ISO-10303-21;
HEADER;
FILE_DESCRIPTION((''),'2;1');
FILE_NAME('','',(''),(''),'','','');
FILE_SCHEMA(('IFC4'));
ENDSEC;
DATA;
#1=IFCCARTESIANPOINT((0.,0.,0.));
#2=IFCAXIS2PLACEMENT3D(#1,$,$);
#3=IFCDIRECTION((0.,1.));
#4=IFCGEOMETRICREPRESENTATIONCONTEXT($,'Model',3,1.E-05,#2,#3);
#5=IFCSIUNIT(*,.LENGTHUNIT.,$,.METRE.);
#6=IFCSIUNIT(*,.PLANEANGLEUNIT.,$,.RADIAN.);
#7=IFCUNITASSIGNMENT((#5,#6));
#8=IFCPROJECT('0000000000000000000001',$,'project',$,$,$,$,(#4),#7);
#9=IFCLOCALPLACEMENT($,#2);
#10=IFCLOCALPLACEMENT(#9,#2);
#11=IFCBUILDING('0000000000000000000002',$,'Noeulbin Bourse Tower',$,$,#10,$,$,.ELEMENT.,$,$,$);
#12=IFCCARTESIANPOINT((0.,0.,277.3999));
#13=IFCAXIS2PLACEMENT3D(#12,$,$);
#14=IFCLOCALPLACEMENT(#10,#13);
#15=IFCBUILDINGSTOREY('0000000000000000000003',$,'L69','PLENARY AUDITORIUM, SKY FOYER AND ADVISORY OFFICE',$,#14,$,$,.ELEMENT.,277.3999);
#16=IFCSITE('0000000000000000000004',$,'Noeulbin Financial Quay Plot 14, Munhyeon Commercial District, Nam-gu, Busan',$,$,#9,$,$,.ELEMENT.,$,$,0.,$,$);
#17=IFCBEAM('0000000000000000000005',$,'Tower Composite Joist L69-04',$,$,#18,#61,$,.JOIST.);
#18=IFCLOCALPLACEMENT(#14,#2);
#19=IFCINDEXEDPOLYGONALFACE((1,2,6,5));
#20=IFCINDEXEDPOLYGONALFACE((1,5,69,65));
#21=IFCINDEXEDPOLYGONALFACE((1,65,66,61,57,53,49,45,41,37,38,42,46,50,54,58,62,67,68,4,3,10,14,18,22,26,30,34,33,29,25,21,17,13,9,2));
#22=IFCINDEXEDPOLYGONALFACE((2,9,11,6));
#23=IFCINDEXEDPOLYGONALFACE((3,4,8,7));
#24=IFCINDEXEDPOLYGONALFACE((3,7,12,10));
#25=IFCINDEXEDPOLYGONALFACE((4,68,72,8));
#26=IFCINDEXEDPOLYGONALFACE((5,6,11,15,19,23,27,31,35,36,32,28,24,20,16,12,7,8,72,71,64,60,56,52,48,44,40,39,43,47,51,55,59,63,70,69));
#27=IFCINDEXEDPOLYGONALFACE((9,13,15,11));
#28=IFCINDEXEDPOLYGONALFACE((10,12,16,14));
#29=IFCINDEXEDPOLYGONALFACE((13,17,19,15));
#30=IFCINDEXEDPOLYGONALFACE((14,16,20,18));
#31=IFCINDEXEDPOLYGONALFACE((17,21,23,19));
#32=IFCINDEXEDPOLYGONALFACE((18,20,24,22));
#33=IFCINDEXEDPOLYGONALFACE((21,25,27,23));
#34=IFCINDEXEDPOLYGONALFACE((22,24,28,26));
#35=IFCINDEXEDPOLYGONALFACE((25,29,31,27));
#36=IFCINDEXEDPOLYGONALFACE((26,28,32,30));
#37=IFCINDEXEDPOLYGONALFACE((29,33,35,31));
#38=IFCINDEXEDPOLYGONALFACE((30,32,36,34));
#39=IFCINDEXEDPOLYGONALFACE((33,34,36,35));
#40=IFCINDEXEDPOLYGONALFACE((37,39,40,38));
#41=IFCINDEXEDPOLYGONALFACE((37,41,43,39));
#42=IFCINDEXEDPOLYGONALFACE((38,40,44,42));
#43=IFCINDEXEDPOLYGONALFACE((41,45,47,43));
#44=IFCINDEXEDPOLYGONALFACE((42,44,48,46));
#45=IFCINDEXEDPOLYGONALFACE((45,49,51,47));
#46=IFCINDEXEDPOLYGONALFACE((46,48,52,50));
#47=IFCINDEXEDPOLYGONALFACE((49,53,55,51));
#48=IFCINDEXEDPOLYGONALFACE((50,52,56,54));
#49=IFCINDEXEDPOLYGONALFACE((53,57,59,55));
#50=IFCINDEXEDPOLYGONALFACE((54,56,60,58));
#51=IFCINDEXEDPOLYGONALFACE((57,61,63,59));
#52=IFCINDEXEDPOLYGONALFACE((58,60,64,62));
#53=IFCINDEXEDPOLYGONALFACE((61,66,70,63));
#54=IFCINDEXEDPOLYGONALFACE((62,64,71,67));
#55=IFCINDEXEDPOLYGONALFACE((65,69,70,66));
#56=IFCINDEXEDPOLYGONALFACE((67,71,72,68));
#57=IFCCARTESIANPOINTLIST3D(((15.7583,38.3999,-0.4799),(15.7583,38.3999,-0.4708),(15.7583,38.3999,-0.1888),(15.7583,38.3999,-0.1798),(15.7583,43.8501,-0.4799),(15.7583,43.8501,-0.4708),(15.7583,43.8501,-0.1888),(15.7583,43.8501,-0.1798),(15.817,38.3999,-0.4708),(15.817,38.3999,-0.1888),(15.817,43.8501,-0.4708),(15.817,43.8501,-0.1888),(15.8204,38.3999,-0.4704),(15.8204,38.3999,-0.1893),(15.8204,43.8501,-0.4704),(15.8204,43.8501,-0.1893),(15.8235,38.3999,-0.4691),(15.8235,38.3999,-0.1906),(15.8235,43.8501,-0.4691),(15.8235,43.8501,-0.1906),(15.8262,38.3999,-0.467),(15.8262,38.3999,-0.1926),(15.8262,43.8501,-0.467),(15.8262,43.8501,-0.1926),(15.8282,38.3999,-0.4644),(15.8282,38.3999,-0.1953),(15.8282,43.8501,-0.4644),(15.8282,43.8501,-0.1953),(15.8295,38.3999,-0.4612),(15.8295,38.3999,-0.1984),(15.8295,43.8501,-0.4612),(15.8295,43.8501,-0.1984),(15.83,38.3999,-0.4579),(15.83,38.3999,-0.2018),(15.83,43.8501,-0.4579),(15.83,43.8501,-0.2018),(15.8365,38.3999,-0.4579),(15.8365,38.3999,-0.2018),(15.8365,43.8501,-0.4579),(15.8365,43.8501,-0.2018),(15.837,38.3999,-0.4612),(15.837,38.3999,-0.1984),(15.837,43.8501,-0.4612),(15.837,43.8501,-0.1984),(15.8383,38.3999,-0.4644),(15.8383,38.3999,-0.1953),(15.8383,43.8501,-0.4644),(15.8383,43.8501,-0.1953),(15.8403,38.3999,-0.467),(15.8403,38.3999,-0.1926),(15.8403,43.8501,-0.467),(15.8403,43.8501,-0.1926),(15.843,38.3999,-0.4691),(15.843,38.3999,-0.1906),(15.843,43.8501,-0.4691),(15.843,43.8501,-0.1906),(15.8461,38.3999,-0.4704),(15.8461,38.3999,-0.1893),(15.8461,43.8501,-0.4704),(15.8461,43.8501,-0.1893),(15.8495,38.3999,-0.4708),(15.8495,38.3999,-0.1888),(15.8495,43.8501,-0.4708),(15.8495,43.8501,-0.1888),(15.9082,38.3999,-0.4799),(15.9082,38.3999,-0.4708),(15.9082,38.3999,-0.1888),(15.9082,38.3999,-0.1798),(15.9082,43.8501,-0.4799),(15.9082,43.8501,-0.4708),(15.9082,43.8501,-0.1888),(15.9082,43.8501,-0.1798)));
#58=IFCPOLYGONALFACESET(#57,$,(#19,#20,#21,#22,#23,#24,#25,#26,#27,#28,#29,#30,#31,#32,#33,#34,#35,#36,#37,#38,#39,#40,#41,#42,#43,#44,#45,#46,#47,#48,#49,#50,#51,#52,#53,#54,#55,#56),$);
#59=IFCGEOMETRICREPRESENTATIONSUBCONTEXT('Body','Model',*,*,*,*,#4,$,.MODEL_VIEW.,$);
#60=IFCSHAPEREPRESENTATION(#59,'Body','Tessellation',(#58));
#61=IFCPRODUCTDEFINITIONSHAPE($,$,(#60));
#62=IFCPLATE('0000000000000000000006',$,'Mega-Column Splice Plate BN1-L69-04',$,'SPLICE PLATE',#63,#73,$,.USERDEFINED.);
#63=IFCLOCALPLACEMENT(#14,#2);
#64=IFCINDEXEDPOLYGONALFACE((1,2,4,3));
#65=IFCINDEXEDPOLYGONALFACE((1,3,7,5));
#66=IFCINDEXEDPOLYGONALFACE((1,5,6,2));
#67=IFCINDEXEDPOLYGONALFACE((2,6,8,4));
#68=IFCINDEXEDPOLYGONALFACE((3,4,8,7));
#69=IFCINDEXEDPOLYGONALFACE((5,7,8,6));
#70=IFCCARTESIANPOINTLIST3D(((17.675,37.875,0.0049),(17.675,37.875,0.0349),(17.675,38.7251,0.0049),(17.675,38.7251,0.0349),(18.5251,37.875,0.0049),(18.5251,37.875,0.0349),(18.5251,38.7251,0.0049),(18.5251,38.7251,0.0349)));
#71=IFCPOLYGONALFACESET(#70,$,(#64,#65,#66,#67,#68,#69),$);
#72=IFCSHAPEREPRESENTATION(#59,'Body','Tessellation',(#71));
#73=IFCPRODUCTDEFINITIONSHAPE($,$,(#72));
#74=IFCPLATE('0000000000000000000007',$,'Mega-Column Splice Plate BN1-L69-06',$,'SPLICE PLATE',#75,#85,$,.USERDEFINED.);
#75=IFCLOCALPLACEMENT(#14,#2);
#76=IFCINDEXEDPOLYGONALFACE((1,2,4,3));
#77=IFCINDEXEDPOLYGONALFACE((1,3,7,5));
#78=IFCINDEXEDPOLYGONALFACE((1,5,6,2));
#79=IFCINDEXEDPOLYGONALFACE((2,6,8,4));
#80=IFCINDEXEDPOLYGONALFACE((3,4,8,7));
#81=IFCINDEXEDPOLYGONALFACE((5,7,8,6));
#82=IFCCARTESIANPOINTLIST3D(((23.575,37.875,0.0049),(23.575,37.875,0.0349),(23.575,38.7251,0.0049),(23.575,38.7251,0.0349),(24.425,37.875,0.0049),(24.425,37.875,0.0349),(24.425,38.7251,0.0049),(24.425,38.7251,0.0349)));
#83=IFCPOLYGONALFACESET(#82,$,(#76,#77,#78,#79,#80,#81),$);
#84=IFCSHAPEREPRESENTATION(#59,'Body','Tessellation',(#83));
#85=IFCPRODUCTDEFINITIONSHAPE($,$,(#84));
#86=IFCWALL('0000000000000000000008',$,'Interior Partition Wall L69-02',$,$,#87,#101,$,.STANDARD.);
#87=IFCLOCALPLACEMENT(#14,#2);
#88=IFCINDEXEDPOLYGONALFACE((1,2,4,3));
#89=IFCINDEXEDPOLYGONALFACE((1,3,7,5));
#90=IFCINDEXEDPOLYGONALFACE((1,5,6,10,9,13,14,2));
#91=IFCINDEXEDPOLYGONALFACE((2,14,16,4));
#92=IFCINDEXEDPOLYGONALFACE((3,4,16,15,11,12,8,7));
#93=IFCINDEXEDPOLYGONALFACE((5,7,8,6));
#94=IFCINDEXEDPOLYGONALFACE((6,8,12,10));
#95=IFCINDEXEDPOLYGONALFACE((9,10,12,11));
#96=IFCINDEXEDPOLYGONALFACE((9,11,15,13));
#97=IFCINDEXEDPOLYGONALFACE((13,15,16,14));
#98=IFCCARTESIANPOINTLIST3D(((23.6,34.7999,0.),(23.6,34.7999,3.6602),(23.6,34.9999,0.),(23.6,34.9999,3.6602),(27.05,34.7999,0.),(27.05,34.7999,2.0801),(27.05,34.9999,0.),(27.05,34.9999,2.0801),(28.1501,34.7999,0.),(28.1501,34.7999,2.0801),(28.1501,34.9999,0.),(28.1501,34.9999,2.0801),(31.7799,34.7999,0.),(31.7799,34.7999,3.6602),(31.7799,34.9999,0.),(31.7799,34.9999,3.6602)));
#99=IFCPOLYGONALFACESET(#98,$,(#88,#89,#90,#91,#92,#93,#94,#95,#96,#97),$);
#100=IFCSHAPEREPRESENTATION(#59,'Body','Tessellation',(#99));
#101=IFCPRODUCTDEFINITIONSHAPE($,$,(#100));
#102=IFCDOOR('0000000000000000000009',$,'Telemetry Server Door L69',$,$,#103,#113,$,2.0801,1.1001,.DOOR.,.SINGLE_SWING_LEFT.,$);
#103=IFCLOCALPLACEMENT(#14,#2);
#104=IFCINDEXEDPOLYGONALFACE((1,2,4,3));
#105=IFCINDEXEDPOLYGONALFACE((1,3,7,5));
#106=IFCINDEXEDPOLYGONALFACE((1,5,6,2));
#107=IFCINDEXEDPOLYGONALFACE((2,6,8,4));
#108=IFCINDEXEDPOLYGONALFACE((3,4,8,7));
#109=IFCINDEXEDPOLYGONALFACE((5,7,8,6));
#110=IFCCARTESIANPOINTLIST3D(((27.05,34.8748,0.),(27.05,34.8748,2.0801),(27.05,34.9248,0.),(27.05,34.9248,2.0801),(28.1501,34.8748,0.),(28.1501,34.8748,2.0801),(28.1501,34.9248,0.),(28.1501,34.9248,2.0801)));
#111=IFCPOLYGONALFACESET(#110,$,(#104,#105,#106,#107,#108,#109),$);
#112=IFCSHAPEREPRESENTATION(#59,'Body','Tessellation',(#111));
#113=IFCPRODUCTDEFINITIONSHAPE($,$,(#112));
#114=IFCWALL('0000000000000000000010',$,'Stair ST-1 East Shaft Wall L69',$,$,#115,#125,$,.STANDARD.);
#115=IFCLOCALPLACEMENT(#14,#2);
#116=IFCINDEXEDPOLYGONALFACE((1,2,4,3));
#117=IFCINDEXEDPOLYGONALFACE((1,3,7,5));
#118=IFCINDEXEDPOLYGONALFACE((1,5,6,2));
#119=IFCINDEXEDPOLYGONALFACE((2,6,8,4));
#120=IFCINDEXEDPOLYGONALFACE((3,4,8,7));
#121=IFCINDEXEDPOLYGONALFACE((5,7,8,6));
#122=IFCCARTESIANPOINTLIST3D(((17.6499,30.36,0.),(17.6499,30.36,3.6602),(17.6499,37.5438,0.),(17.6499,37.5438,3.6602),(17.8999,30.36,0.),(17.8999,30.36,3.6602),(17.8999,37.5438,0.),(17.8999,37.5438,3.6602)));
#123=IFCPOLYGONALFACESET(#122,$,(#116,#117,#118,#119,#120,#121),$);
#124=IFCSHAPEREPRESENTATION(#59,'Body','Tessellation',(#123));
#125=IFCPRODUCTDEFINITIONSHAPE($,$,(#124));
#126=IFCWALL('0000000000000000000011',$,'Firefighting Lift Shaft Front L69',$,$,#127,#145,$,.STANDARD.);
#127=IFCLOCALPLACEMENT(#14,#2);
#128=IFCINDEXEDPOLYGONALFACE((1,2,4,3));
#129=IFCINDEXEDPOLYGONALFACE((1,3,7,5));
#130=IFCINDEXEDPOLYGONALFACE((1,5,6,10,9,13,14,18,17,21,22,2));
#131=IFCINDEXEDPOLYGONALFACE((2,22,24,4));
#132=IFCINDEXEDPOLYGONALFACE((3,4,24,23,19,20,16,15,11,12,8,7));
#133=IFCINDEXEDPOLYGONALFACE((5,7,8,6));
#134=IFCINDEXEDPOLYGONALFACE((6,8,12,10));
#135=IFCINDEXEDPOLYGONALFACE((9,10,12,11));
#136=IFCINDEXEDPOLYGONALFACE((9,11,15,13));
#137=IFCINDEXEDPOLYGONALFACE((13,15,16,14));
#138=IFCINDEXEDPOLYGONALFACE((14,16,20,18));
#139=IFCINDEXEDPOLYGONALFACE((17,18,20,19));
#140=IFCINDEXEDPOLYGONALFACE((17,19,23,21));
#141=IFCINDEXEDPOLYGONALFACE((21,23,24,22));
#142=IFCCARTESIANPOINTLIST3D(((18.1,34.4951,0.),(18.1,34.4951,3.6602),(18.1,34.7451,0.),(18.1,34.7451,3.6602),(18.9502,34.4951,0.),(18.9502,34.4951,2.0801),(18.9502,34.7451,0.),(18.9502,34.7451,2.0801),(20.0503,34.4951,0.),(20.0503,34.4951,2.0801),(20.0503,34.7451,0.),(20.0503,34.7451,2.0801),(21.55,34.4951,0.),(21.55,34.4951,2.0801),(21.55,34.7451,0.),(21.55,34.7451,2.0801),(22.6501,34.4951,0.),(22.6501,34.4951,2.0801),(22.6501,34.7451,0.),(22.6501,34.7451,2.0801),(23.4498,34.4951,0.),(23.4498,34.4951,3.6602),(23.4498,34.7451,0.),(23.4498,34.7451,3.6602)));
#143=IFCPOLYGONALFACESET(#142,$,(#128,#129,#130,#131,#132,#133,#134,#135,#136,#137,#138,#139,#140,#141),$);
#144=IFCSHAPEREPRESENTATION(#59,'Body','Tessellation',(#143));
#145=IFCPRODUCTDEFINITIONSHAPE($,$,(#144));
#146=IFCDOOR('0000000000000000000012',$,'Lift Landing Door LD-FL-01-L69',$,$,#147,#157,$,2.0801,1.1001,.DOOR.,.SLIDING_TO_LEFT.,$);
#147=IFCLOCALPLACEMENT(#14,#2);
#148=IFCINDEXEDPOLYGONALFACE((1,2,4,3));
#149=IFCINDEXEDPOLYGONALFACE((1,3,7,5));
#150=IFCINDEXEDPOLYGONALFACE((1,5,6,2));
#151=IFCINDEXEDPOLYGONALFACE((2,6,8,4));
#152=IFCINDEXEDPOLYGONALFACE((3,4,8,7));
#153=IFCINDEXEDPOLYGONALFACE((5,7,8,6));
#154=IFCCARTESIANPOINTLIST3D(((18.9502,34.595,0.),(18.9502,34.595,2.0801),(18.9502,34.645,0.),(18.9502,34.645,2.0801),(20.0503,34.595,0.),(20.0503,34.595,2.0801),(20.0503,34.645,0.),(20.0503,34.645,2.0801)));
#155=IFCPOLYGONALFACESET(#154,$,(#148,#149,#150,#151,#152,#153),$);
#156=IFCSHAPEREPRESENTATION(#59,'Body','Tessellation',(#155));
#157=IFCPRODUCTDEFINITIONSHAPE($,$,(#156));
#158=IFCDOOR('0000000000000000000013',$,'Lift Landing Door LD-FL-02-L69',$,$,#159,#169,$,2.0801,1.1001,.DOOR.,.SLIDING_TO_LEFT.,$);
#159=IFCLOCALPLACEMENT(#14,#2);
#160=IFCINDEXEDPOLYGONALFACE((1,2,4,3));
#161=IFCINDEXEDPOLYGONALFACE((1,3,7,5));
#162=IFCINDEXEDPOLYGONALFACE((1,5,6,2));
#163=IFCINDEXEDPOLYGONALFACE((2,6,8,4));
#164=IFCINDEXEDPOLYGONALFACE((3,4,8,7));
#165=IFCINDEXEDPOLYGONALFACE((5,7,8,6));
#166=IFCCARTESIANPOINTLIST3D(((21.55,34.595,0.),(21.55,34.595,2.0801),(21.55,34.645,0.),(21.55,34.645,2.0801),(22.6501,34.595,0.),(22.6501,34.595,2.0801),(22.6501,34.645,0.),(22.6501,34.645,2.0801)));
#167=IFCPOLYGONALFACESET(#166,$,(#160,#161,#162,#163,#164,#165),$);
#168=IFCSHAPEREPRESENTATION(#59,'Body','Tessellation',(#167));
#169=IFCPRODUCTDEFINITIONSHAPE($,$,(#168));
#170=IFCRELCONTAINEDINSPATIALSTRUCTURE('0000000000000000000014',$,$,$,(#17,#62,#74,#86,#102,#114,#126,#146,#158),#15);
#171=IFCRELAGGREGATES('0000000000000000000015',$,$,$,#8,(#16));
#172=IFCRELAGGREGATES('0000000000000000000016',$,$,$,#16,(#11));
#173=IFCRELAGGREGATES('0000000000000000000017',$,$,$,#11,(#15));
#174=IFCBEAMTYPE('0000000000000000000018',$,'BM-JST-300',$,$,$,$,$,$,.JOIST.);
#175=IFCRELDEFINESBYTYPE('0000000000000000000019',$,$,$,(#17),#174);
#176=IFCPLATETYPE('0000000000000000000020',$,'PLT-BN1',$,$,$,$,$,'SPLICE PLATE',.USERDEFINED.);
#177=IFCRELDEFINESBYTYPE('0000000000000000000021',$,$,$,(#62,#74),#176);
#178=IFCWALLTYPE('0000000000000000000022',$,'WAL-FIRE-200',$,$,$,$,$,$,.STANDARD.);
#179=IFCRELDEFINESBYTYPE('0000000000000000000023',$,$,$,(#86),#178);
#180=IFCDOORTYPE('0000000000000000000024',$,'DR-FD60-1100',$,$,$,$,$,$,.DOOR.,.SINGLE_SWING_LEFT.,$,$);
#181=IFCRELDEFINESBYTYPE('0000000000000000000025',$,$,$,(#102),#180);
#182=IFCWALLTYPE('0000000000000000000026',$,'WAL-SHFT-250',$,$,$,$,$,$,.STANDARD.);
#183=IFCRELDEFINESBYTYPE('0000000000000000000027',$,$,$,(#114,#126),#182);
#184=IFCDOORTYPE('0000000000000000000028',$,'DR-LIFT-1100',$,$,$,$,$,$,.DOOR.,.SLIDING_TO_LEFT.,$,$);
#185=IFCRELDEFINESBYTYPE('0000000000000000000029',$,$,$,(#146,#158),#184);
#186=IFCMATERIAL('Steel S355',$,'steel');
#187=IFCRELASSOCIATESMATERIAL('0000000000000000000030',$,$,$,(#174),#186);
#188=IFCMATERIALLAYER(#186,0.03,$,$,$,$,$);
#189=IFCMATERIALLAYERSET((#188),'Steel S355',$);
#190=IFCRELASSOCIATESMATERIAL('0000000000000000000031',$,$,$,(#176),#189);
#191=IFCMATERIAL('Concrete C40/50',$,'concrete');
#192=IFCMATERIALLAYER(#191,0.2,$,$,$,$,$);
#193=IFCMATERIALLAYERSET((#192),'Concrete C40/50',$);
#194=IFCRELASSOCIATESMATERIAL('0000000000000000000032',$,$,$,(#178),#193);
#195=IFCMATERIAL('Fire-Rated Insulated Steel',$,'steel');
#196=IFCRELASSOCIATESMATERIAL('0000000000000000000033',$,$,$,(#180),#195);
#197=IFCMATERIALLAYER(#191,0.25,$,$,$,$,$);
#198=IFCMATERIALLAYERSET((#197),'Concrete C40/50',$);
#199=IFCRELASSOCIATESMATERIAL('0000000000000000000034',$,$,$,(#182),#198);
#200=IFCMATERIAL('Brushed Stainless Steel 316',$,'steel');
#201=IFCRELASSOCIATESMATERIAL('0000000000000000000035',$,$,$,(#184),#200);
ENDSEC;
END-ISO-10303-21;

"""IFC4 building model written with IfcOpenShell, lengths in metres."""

from ifc_helpers import new_model, si_unit, direction, frame, frame_2d, origin, origin_2d, place, context, subcontext, project, spatial, rectangle, i_section, extrude, material, layer, layer_set, material_profile, profile_set, type_object, element, fill, save


model = new_model("IFC4")

# Units and contexts
model_context = context("Model", 3, precision=1e-05, world=origin(), true_north=direction((0.0, 1.0)))
body_context = subcontext(model_context, "Body", "Model", "MODEL_VIEW")
ifc_project = project(units=[si_unit("LENGTHUNIT", "METRE"), si_unit("PLANEANGLEUNIT", "RADIAN")], contexts=[model_context])

# Site, building, storey
site_placement = place(None, origin())
site = spatial("IfcSite", under=ifc_project, at=site_placement, Name="Noeulbin Financial Quay Plot 14, Munhyeon Commercial District, Nam-gu, Busan", CompositionType="ELEMENT", RefElevation=0.0)
building_placement = place(site_placement, origin())
building = spatial("IfcBuilding", under=site, at=building_placement, Name="Noeulbin Bourse Tower", CompositionType="ELEMENT")
storey_placement = place(building_placement, frame((0.0, 0.0, 277.3999)))
storey = spatial("IfcBuildingStorey", under=building, at=storey_placement, Name="L69", Description="PLENARY AUDITORIUM, SKY FOYER AND ADVISORY OFFICE", CompositionType="ELEMENT", Elevation=277.3999)

# Shared definitions
ifc_material_1 = material(Name="Steel S355", Category="steel")

# Beam
ifc_material_profile_1 = material_profile(ifc_material_1, i_section(OverallWidth=0.1499, OverallDepth=0.3, WebThickness=0.0066, FlangeThickness=0.009, FilletRadius=0.0129, at=origin_2d()), Name="H-300x150x6.5x9", Category="LoadBearing")
ifc_profile_set_1 = profile_set([ifc_material_profile_1], Name="Steel S355")
beam_type_1 = type_object("IfcBeamType", Name="BM-JST-300", PredefinedType="JOIST", material=ifc_profile_set_1)
beam_1_placement = place(storey_placement, frame((15.8333, 38.3999, -0.3298), z_axis=(0.0, 1.0, 0.0), x_axis=(-1.0, 0.0, 0.0)))
element("IfcBeam", 1, at=beam_1_placement, inside=storey, type_object=beam_type_1, Name="Tower Composite Joist L69-04", PredefinedType="JOIST", context=body_context, shape_type="SweptSolid", body=[
    extrude(i_section(OverallWidth=0.1499, OverallDepth=0.3, WebThickness=0.0066, FlangeThickness=0.009, FilletRadius=0.0129, at=origin_2d()), origin(), (0.0, 0.0, 1.0), 5.4502),
])

# Plates
ifc_layer_1 = layer(ifc_material_1, 0.03)
ifc_layer_set_1 = layer_set([ifc_layer_1], Name="Steel S355")
plate_type = type_object("IfcPlateType", Name="PLT-BN1", ElementType="SPLICE PLATE", PredefinedType="USERDEFINED", material=ifc_layer_set_1)
for number, where, z_axis, x_axis, name in (
    (2, (18.1001, 38.3, 0.0049), (0.0, 0.0, 1.0), (1.0, 0.0, 0.0), "Mega-Column Splice Plate BN1-L69-04"),
    (3, (24.0, 38.3, 0.0049), (0.0, 0.0, 1.0), (1.0, 0.0, 0.0), "Mega-Column Splice Plate BN1-L69-06"),
):
    element("IfcPlate", number, at=place(storey_placement, frame(where, z_axis=z_axis, x_axis=x_axis)), inside=storey, type_object=plate_type, Name=name, ObjectType="SPLICE PLATE", PredefinedType="USERDEFINED", context=body_context, shape_type="SweptSolid", body=[
        extrude(rectangle(XDim=0.8501, YDim=0.8501, at=origin_2d()), origin(), (0.0, 0.0, 1.0), 0.03),
    ])

# Wall, opening, door
ifc_material_2 = material(Name="Concrete C40/50", Category="concrete")
ifc_layer_2 = layer(ifc_material_2, 0.2)
ifc_layer_set_2 = layer_set([ifc_layer_2], Name="Concrete C40/50")
wall_type_1 = type_object("IfcWallType", Name="WAL-FIRE-200", PredefinedType="STANDARD", material=ifc_layer_set_2)
wall_1_placement = place(storey_placement, frame((23.6001, 34.8999, 0.0), z_axis=(0.0, 0.0, 1.0), x_axis=(1.0, 0.0, 0.0)))
wall_1 = element("IfcWall", 4, at=wall_1_placement, inside=storey, type_object=wall_type_1, Name="Interior Partition Wall L69-02", PredefinedType="STANDARD", context=body_context, shape_type="SweptSolid", body=[
    extrude(rectangle(XDim=8.1799, YDim=0.2, at=frame_2d((4.0898, 0.0))), origin(), (0.0, 0.0, 1.0), 3.6602),
])
opening_1_placement = place(wall_1_placement, frame((3.45, 0.0, 0.0)))
opening_1 = element("IfcOpeningElement", 5, at=opening_1_placement, cuts=wall_1, PredefinedType="OPENING", context=body_context, shape_type="SweptSolid", body=[
    extrude(rectangle(XDim=1.1001, YDim=2.0801, at=frame_2d((0.55, 1.04))), frame((0.0, 0.1099, 0.0), z_axis=(0.0, -1.0, 0.0), x_axis=(1.0, 0.0, 0.0)), (0.0, 0.0, 1.0), 0.22),
])
ifc_material_3 = material(Name="Fire-Rated Insulated Steel", Category="steel")
door_type_1 = type_object("IfcDoorType", Name="DR-FD60-1100", OperationType="SINGLE_SWING_LEFT", PredefinedType="DOOR", material=ifc_material_3)
door_1_placement = place(opening_1_placement, origin())
door_1 = element("IfcDoor", 6, at=door_1_placement, inside=storey, type_object=door_type_1, Name="Telemetry Server Door L69", OperationType="SINGLE_SWING_LEFT", OverallHeight=2.0801, OverallWidth=1.1001, PredefinedType="DOOR", context=body_context, shape_type="SweptSolid", body=[
    extrude(rectangle(XDim=1.1001, YDim=2.0801, at=frame_2d((0.55, 1.04))), frame((0.0, 0.0249, 0.0), z_axis=(0.0, -1.0, 0.0), x_axis=(1.0, 0.0, 0.0)), (0.0, 0.0, 1.0), 0.05),
])
fill(opening_1, door_1)

# Wall
ifc_layer_3 = layer(ifc_material_2, 0.25)
ifc_layer_set_3 = layer_set([ifc_layer_3], Name="Concrete C40/50")
wall_type_2 = type_object("IfcWallType", Name="WAL-SHFT-250", PredefinedType="STANDARD", material=ifc_layer_set_3)
wall_2_placement = place(storey_placement, frame((17.7749, 30.3601, 0.0), z_axis=(0.0, 0.0, 1.0), x_axis=(0.0, 1.0, 0.0)))
element("IfcWall", 7, at=wall_2_placement, inside=storey, type_object=wall_type_2, Name="Stair ST-1 East Shaft Wall L69", PredefinedType="STANDARD", context=body_context, shape_type="SweptSolid", body=[
    extrude(rectangle(XDim=7.1838, YDim=0.25, at=frame_2d((3.5918, 0.0))), origin(), (0.0, 0.0, 1.0), 3.6602),
])

# Wall, openings, doors
wall_3_placement = place(storey_placement, frame((18.1001, 34.6201, 0.0), z_axis=(0.0, 0.0, 1.0), x_axis=(1.0, 0.0, 0.0)))
wall_3 = element("IfcWall", 8, at=wall_3_placement, inside=storey, type_object=wall_type_2, Name="Firefighting Lift Shaft Front L69", PredefinedType="STANDARD", context=body_context, shape_type="SweptSolid", body=[
    extrude(rectangle(XDim=5.3499, YDim=0.25, at=frame_2d((2.6748, 0.0))), origin(), (0.0, 0.0, 1.0), 3.6602),
])
opening_2_placement = place(wall_3_placement, frame((0.8501, 0.0, 0.0)))
opening_2 = element("IfcOpeningElement", 9, at=opening_2_placement, cuts=wall_3, PredefinedType="OPENING", context=body_context, shape_type="SweptSolid", body=[
    extrude(rectangle(XDim=1.1001, YDim=2.0801, at=frame_2d((0.55, 1.04))), frame((0.0, 0.135, 0.0), z_axis=(0.0, -1.0, 0.0), x_axis=(1.0, 0.0, 0.0)), (0.0, 0.0, 1.0), 0.27),
])
opening_3_placement = place(wall_3_placement, frame((3.45, 0.0, 0.0)))
opening_3 = element("IfcOpeningElement", 10, at=opening_3_placement, cuts=wall_3, PredefinedType="OPENING", context=body_context, shape_type="SweptSolid", body=[
    extrude(rectangle(XDim=1.1001, YDim=2.0801, at=frame_2d((0.55, 1.04))), frame((0.0, 0.135, 0.0), z_axis=(0.0, -1.0, 0.0), x_axis=(1.0, 0.0, 0.0)), (0.0, 0.0, 1.0), 0.27),
])
ifc_material_4 = material(Name="Brushed Stainless Steel 316", Category="steel")
door_type_2 = type_object("IfcDoorType", Name="DR-LIFT-1100", OperationType="SLIDING_TO_LEFT", PredefinedType="DOOR", material=ifc_material_4)
door_2_placement = place(opening_2_placement, origin())
door_2 = element("IfcDoor", 11, at=door_2_placement, inside=storey, type_object=door_type_2, Name="Lift Landing Door LD-FL-01-L69", OperationType="SLIDING_TO_LEFT", OverallHeight=2.0801, OverallWidth=1.1001, PredefinedType="DOOR", context=body_context, shape_type="SweptSolid", body=[
    extrude(rectangle(XDim=1.1001, YDim=2.0801, at=frame_2d((0.55, 1.04))), frame((0.0, 0.0249, 0.0), z_axis=(0.0, -1.0, 0.0), x_axis=(1.0, 0.0, 0.0)), (0.0, 0.0, 1.0), 0.05),
])
fill(opening_2, door_2)
door_3_placement = place(opening_3_placement, origin())
door_3 = element("IfcDoor", 12, at=door_3_placement, inside=storey, type_object=door_type_2, Name="Lift Landing Door LD-FL-02-L69", OperationType="SLIDING_TO_LEFT", OverallHeight=2.0801, OverallWidth=1.1001, PredefinedType="DOOR", context=body_context, shape_type="SweptSolid", body=[
    extrude(rectangle(XDim=1.1001, YDim=2.0801, at=frame_2d((0.55, 1.04))), frame((0.0, 0.0249, 0.0), z_axis=(0.0, -1.0, 0.0), x_axis=(1.0, 0.0, 0.0)), (0.0, 0.0, 1.0), 0.05),
])
fill(opening_3, door_3)

save(model, "model.ifc")
